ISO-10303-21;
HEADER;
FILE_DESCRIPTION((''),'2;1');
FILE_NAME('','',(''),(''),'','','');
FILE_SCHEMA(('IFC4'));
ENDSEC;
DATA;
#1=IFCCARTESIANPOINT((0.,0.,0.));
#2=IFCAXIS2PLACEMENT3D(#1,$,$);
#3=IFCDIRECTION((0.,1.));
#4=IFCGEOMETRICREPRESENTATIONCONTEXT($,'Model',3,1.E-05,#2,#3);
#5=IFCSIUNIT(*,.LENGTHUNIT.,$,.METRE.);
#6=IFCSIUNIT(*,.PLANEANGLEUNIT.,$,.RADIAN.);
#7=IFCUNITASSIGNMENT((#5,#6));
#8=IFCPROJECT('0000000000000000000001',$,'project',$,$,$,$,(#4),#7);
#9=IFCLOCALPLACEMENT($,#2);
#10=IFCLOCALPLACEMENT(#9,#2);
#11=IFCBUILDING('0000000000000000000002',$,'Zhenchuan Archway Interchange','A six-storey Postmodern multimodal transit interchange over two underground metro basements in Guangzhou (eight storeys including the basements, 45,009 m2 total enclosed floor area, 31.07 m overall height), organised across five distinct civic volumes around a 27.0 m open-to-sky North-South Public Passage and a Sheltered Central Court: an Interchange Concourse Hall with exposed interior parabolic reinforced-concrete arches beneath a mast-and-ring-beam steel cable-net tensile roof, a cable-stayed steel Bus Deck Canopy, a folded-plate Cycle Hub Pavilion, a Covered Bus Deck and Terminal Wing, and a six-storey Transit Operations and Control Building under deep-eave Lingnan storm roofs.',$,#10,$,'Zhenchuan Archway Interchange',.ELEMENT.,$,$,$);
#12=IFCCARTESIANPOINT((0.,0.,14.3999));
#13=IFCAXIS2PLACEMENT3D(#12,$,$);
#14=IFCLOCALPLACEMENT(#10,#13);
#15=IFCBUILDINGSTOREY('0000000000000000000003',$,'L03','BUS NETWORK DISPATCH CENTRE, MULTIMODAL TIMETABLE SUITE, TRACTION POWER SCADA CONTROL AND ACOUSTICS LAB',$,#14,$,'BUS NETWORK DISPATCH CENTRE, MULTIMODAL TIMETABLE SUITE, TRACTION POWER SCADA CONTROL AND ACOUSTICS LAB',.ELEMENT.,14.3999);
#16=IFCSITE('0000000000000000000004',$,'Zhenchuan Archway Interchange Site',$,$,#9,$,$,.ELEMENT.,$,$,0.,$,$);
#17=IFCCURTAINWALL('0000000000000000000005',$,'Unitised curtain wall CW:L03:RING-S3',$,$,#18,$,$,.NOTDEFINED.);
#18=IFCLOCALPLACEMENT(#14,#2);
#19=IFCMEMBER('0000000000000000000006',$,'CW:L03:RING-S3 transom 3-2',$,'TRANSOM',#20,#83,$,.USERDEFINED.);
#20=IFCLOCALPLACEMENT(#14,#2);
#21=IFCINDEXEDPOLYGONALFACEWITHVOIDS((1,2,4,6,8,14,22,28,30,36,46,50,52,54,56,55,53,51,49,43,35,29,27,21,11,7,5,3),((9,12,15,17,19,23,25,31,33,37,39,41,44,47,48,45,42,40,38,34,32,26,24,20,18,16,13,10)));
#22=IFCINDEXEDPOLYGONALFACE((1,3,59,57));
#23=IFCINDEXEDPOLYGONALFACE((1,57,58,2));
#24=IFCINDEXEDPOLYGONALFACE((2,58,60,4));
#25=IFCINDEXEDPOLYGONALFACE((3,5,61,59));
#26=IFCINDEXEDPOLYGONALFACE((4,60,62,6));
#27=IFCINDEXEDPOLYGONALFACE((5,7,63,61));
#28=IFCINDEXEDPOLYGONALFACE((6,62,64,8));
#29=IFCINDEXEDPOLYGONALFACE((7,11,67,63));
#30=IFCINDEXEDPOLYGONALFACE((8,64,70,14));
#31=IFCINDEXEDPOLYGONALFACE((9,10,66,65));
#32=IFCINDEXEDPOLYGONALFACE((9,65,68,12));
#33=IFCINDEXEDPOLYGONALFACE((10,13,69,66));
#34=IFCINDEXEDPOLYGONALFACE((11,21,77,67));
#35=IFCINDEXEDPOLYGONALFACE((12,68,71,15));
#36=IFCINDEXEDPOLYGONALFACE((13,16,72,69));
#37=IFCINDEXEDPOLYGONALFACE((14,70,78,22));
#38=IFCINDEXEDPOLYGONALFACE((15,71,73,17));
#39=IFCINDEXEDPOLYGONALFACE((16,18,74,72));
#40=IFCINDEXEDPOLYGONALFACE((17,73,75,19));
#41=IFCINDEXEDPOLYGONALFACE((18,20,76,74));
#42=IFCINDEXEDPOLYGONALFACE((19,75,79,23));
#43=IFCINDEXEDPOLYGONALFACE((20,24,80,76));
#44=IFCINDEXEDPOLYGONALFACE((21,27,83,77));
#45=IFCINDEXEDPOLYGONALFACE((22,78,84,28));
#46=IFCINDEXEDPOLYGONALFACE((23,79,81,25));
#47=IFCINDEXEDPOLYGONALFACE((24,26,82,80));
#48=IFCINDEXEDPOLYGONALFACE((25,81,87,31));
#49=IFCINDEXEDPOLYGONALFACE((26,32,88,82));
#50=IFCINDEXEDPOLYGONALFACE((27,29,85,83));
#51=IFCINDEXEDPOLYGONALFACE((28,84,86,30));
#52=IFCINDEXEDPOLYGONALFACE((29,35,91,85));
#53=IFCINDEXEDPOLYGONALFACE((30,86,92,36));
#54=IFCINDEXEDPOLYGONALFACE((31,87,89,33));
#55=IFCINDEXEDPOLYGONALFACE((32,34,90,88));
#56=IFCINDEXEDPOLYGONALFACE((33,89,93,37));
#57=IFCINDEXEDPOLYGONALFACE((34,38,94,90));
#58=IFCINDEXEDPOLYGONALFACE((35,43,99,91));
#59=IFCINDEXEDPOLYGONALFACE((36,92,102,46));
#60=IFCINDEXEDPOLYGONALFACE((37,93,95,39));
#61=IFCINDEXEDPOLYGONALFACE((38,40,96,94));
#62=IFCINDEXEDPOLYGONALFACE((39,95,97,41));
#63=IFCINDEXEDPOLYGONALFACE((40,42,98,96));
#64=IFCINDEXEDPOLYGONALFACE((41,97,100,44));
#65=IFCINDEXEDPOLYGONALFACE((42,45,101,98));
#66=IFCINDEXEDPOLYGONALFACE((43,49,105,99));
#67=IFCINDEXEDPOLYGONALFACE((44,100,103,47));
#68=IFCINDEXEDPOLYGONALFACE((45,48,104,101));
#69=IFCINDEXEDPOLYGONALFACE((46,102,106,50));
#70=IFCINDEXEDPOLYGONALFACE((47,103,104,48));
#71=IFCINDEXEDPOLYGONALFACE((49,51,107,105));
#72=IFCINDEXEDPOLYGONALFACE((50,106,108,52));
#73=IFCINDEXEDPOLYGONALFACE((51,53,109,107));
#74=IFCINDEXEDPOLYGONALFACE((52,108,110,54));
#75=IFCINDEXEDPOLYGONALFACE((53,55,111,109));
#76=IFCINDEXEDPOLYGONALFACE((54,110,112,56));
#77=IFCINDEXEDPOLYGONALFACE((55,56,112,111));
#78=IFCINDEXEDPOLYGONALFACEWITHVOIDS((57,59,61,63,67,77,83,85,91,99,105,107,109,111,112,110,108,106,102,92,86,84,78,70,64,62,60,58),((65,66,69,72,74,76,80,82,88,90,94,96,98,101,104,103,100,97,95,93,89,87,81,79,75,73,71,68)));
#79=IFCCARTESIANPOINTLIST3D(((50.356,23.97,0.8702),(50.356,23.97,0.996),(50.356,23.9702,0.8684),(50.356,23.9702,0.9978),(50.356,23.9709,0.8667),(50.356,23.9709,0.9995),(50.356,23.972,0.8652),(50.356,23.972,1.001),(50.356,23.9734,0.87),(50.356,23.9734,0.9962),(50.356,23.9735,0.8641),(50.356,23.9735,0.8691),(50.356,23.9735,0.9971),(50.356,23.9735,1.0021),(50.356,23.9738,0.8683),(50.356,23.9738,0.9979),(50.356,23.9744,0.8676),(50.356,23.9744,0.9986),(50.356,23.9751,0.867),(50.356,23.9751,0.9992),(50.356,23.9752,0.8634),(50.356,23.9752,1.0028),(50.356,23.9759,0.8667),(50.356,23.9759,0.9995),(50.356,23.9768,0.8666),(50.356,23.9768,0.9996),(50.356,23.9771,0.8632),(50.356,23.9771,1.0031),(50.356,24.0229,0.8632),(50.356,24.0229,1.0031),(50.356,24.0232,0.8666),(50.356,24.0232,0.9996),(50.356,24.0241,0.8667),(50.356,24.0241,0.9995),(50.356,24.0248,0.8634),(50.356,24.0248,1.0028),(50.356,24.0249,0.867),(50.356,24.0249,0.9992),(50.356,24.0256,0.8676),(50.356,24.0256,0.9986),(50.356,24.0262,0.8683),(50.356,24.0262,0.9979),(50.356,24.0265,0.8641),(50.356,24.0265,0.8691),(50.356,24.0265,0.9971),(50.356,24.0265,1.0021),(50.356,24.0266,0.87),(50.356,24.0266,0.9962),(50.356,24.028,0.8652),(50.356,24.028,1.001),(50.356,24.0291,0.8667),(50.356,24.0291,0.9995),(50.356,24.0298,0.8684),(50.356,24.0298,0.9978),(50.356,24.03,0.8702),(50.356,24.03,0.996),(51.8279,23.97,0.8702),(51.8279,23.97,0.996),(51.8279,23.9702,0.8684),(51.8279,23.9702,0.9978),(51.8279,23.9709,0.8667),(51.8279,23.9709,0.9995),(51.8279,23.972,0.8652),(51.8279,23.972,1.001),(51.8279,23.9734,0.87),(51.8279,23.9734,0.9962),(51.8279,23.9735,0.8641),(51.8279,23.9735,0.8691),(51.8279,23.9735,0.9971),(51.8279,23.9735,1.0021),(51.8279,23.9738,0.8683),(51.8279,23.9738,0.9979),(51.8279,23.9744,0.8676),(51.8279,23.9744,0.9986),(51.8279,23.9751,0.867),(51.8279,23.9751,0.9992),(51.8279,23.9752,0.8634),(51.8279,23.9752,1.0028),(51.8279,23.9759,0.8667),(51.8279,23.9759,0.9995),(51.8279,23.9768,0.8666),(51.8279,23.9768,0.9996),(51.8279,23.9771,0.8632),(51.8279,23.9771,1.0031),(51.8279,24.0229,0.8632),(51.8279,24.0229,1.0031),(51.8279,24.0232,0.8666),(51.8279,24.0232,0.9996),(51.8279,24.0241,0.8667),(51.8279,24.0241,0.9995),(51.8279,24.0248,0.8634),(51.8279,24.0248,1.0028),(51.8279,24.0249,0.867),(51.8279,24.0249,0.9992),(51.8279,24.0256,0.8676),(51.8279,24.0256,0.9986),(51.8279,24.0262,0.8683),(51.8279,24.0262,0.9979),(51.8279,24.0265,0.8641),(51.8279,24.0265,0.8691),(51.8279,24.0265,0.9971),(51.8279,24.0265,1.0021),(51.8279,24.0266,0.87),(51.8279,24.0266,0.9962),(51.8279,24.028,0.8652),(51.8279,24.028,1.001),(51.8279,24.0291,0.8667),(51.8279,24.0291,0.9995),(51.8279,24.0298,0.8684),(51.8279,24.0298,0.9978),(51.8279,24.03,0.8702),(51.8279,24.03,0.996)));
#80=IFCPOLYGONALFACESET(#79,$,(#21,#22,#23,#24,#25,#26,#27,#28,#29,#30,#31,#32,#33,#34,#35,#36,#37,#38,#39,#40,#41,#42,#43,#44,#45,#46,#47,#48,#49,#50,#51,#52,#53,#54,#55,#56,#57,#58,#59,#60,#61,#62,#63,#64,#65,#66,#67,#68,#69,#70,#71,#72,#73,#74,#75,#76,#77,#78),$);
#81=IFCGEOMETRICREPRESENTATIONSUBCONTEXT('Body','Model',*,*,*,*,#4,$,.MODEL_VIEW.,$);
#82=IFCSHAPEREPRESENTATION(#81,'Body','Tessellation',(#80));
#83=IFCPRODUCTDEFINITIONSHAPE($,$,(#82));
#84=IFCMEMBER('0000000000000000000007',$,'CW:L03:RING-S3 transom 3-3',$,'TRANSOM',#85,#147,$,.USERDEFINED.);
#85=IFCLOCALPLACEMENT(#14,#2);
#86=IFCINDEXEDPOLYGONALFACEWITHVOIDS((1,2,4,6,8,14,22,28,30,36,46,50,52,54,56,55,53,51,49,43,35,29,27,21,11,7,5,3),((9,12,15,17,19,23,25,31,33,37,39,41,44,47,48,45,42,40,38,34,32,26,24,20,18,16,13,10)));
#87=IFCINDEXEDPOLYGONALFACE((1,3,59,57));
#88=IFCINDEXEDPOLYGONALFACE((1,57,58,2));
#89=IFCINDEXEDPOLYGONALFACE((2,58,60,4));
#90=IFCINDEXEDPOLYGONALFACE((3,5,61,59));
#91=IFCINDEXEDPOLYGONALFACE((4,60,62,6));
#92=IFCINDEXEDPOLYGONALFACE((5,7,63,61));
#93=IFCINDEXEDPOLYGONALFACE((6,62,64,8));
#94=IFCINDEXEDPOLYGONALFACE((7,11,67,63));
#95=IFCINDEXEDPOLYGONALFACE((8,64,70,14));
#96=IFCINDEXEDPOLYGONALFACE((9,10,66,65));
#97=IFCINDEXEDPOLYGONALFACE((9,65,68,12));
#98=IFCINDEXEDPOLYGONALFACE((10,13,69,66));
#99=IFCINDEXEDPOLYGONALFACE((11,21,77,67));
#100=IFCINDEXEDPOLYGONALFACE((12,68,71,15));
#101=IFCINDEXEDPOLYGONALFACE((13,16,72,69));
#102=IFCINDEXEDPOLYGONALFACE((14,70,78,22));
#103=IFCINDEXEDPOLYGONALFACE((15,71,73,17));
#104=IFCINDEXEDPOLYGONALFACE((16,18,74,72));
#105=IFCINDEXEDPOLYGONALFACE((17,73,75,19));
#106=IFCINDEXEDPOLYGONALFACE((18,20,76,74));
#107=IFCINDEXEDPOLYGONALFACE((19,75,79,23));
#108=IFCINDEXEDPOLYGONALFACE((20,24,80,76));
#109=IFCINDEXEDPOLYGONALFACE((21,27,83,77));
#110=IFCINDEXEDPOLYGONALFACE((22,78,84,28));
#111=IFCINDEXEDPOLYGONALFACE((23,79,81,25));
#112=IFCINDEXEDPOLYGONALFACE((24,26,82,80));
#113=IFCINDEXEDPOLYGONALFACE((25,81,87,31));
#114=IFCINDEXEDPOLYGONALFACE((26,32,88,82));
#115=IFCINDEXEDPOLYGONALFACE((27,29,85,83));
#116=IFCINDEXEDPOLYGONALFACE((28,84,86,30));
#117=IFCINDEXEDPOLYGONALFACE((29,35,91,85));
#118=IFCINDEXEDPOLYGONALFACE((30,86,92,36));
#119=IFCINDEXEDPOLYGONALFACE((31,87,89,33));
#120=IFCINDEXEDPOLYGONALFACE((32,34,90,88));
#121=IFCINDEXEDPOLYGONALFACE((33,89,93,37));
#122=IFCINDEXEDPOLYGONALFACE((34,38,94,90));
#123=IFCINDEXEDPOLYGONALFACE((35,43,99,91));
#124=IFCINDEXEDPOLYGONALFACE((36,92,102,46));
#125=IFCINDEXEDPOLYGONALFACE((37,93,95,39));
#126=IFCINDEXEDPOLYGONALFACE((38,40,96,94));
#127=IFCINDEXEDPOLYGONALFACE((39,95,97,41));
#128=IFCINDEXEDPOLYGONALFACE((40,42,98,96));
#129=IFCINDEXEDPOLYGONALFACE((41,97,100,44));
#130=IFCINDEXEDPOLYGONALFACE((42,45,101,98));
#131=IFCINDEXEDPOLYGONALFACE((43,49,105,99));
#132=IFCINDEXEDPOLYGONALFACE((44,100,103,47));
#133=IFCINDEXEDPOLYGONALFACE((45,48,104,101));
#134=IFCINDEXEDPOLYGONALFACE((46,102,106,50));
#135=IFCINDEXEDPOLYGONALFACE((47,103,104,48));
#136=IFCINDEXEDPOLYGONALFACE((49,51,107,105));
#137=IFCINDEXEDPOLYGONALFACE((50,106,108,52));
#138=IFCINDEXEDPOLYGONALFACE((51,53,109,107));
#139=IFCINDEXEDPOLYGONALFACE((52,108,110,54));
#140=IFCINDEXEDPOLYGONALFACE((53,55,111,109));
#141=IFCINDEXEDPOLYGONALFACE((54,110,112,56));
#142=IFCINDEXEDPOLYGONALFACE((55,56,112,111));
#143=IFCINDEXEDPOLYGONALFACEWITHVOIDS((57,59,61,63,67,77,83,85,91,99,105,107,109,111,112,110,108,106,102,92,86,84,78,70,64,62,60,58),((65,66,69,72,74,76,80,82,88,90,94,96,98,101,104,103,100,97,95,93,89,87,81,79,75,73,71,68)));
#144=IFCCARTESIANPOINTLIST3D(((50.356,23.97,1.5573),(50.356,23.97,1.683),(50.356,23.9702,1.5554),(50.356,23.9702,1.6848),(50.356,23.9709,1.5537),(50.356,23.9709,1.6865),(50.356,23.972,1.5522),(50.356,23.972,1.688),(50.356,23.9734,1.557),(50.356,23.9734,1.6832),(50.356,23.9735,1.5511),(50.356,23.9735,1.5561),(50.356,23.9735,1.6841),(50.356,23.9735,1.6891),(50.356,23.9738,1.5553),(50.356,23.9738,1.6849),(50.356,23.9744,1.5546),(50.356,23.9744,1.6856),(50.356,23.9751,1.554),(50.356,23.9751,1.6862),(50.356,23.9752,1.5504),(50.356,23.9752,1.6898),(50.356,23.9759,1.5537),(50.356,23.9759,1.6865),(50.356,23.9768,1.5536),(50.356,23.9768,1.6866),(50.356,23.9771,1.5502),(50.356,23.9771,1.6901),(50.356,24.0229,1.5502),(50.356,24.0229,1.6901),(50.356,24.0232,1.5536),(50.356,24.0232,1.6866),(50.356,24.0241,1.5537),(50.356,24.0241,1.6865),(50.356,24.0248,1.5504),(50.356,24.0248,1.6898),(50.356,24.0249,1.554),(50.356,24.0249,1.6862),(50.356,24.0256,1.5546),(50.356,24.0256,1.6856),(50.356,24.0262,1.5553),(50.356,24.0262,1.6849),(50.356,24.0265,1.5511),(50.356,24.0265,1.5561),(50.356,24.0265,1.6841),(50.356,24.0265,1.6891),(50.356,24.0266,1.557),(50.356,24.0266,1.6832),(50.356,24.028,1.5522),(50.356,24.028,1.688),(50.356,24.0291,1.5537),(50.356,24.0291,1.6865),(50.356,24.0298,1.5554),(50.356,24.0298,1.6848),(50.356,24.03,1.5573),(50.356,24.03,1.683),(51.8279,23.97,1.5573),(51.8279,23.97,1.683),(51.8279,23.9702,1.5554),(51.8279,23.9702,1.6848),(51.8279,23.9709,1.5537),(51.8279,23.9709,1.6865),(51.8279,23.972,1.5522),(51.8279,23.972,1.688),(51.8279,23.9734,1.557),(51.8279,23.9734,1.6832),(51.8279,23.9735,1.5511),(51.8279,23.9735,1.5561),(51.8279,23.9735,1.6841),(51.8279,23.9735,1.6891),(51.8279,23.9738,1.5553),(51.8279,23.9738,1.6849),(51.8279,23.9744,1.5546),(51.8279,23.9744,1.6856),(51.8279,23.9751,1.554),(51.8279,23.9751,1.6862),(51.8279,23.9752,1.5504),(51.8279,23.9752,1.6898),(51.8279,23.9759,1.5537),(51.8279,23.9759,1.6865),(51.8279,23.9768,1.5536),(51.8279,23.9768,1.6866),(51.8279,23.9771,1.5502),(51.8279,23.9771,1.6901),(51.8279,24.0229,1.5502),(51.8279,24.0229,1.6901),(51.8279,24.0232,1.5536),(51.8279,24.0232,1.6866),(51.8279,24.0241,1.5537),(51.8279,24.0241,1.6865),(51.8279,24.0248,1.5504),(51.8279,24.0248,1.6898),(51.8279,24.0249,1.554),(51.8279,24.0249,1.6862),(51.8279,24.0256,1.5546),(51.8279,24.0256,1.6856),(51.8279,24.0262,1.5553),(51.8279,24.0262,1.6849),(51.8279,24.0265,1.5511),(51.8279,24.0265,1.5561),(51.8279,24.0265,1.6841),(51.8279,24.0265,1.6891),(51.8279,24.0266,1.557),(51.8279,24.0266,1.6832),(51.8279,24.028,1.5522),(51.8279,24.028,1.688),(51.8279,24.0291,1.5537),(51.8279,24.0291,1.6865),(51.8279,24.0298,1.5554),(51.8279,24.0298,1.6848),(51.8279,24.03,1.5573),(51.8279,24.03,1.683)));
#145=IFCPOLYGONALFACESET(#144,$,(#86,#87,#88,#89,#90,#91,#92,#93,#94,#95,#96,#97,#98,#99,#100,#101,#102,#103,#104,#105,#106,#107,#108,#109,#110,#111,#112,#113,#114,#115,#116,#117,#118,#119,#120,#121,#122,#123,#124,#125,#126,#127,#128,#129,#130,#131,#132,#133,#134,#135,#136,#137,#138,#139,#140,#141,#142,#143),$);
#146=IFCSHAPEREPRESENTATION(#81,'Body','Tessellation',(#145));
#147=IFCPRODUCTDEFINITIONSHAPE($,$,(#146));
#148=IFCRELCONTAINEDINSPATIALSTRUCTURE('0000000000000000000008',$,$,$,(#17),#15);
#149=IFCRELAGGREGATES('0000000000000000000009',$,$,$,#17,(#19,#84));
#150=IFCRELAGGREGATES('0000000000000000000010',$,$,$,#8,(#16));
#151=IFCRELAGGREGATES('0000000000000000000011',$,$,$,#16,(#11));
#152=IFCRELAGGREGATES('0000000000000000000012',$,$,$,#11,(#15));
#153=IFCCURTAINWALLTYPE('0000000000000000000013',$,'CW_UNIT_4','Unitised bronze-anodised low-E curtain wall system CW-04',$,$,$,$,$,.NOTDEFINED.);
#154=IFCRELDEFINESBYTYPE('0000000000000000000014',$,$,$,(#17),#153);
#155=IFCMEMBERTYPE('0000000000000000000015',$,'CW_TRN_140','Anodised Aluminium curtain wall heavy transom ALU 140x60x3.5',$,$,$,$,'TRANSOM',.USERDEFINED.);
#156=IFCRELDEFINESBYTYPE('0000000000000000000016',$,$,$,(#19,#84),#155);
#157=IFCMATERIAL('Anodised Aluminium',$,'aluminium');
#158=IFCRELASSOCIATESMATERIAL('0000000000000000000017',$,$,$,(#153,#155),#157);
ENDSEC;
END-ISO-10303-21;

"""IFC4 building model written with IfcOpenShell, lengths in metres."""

from ifc_helpers import new_model, si_unit, direction, frame, origin, origin_2d, place, context, subcontext, project, spatial, hollow_rectangle, extrude, material, material_profile, profile_set, type_object, element, aggregate, save


model = new_model("IFC4")

# Units and contexts
model_context = context("Model", 3, precision=1e-05, world=origin(), true_north=direction((0.0, 1.0)))
body_context = subcontext(model_context, "Body", "Model", "MODEL_VIEW")
ifc_project = project(units=[si_unit("LENGTHUNIT", "METRE"), si_unit("PLANEANGLEUNIT", "RADIAN")], contexts=[model_context])

# Site, building, storey
site_placement = place(None, origin())
site = spatial("IfcSite", under=ifc_project, at=site_placement, Name="Zhenchuan Archway Interchange Site", CompositionType="ELEMENT", RefElevation=0.0)
building_placement = place(site_placement, origin())
building = spatial("IfcBuilding", under=site, at=building_placement, Name="Zhenchuan Archway Interchange", Description="A six-storey Postmodern multimodal transit interchange over two underground metro basements in Guangzhou (eight storeys including the basements, 45,009 m2 total enclosed floor area, 31.07 m overall height), organised across five distinct civic volumes around a 27.0 m open-to-sky North-South Public Passage and a Sheltered Central Court: an Interchange Concourse Hall with exposed interior parabolic reinforced-concrete arches beneath a mast-and-ring-beam steel cable-net tensile roof, a cable-stayed steel Bus Deck Canopy, a folded-plate Cycle Hub Pavilion, a Covered Bus Deck and Terminal Wing, and a six-storey Transit Operations and Control Building under deep-eave Lingnan storm roofs.", LongName="Zhenchuan Archway Interchange", CompositionType="ELEMENT")
storey_placement = place(building_placement, frame((0.0, 0.0, 14.3999)))
storey = spatial("IfcBuildingStorey", under=building, at=storey_placement, Name="L03", Description="BUS NETWORK DISPATCH CENTRE, MULTIMODAL TIMETABLE SUITE, TRACTION POWER SCADA CONTROL AND ACOUSTICS LAB", LongName="BUS NETWORK DISPATCH CENTRE, MULTIMODAL TIMETABLE SUITE, TRACTION POWER SCADA CONTROL AND ACOUSTICS LAB", CompositionType="ELEMENT", Elevation=14.3999)

# Curtain wall
ifc_material_1 = material(Name="Anodised Aluminium", Category="aluminium")
curtain_wall_type = type_object("IfcCurtainWallType", Name="CW_UNIT_4", Description="Unitised bronze-anodised low-E curtain wall system CW-04", PredefinedType="NOTDEFINED", material=ifc_material_1)
curtain_wall_1_placement = place(storey_placement, origin())
curtain_wall_1 = element("IfcCurtainWall", 1, at=curtain_wall_1_placement, inside=storey, type_object=curtain_wall_type, Name="Unitised curtain wall CW:L03:RING-S3", PredefinedType="NOTDEFINED")

# Members
ifc_material_profile_1 = material_profile(ifc_material_1, hollow_rectangle(XDim=0.0601, YDim=0.1399, WallThickness=0.0034, InnerFilletRadius=0.0034, OuterFilletRadius=0.0071, at=origin_2d()), Name="ALU 140x60x3.5")
ifc_profile_set_1 = profile_set([ifc_material_profile_1], Name="Anodised Aluminium")
member_type_1 = type_object("IfcMemberType", Name="CW_TRN_140", Description="Anodised Aluminium curtain wall heavy transom ALU 140x60x3.5", ElementType="TRANSOM", PredefinedType="USERDEFINED", material=ifc_profile_set_1)
member_1_placement = place(storey_placement, frame((50.356, 24.0, 0.9331), z_axis=(1.0, 0.0, 0.0), x_axis=(0.0, 1.0, 0.0)))
member_1 = element("IfcMember", 2, at=member_1_placement, type_object=member_type_1, Name="CW:L03:RING-S3 transom 3-2", ObjectType="TRANSOM", PredefinedType="USERDEFINED", context=body_context, shape_type="SweptSolid", body=[
    extrude(hollow_rectangle(XDim=0.0601, YDim=0.1399, WallThickness=0.0034, InnerFilletRadius=0.0034, OuterFilletRadius=0.0071, at=origin_2d()), origin(), (0.0, 0.0, 1.0), 1.4719),
])
member_2_placement = place(storey_placement, frame((50.356, 24.0, 1.6201), z_axis=(1.0, 0.0, 0.0), x_axis=(0.0, 1.0, 0.0)))
member_2 = element("IfcMember", 3, at=member_2_placement, type_object=member_type_1, Name="CW:L03:RING-S3 transom 3-3", ObjectType="TRANSOM", PredefinedType="USERDEFINED", context=body_context, shape_type="SweptSolid", body=[
    extrude(hollow_rectangle(XDim=0.0601, YDim=0.1399, WallThickness=0.0034, InnerFilletRadius=0.0034, OuterFilletRadius=0.0071, at=origin_2d()), origin(), (0.0, 0.0, 1.0), 1.4719),
])

aggregate(curtain_wall_1, [member_1, member_2])

save(model, "model.ifc")
